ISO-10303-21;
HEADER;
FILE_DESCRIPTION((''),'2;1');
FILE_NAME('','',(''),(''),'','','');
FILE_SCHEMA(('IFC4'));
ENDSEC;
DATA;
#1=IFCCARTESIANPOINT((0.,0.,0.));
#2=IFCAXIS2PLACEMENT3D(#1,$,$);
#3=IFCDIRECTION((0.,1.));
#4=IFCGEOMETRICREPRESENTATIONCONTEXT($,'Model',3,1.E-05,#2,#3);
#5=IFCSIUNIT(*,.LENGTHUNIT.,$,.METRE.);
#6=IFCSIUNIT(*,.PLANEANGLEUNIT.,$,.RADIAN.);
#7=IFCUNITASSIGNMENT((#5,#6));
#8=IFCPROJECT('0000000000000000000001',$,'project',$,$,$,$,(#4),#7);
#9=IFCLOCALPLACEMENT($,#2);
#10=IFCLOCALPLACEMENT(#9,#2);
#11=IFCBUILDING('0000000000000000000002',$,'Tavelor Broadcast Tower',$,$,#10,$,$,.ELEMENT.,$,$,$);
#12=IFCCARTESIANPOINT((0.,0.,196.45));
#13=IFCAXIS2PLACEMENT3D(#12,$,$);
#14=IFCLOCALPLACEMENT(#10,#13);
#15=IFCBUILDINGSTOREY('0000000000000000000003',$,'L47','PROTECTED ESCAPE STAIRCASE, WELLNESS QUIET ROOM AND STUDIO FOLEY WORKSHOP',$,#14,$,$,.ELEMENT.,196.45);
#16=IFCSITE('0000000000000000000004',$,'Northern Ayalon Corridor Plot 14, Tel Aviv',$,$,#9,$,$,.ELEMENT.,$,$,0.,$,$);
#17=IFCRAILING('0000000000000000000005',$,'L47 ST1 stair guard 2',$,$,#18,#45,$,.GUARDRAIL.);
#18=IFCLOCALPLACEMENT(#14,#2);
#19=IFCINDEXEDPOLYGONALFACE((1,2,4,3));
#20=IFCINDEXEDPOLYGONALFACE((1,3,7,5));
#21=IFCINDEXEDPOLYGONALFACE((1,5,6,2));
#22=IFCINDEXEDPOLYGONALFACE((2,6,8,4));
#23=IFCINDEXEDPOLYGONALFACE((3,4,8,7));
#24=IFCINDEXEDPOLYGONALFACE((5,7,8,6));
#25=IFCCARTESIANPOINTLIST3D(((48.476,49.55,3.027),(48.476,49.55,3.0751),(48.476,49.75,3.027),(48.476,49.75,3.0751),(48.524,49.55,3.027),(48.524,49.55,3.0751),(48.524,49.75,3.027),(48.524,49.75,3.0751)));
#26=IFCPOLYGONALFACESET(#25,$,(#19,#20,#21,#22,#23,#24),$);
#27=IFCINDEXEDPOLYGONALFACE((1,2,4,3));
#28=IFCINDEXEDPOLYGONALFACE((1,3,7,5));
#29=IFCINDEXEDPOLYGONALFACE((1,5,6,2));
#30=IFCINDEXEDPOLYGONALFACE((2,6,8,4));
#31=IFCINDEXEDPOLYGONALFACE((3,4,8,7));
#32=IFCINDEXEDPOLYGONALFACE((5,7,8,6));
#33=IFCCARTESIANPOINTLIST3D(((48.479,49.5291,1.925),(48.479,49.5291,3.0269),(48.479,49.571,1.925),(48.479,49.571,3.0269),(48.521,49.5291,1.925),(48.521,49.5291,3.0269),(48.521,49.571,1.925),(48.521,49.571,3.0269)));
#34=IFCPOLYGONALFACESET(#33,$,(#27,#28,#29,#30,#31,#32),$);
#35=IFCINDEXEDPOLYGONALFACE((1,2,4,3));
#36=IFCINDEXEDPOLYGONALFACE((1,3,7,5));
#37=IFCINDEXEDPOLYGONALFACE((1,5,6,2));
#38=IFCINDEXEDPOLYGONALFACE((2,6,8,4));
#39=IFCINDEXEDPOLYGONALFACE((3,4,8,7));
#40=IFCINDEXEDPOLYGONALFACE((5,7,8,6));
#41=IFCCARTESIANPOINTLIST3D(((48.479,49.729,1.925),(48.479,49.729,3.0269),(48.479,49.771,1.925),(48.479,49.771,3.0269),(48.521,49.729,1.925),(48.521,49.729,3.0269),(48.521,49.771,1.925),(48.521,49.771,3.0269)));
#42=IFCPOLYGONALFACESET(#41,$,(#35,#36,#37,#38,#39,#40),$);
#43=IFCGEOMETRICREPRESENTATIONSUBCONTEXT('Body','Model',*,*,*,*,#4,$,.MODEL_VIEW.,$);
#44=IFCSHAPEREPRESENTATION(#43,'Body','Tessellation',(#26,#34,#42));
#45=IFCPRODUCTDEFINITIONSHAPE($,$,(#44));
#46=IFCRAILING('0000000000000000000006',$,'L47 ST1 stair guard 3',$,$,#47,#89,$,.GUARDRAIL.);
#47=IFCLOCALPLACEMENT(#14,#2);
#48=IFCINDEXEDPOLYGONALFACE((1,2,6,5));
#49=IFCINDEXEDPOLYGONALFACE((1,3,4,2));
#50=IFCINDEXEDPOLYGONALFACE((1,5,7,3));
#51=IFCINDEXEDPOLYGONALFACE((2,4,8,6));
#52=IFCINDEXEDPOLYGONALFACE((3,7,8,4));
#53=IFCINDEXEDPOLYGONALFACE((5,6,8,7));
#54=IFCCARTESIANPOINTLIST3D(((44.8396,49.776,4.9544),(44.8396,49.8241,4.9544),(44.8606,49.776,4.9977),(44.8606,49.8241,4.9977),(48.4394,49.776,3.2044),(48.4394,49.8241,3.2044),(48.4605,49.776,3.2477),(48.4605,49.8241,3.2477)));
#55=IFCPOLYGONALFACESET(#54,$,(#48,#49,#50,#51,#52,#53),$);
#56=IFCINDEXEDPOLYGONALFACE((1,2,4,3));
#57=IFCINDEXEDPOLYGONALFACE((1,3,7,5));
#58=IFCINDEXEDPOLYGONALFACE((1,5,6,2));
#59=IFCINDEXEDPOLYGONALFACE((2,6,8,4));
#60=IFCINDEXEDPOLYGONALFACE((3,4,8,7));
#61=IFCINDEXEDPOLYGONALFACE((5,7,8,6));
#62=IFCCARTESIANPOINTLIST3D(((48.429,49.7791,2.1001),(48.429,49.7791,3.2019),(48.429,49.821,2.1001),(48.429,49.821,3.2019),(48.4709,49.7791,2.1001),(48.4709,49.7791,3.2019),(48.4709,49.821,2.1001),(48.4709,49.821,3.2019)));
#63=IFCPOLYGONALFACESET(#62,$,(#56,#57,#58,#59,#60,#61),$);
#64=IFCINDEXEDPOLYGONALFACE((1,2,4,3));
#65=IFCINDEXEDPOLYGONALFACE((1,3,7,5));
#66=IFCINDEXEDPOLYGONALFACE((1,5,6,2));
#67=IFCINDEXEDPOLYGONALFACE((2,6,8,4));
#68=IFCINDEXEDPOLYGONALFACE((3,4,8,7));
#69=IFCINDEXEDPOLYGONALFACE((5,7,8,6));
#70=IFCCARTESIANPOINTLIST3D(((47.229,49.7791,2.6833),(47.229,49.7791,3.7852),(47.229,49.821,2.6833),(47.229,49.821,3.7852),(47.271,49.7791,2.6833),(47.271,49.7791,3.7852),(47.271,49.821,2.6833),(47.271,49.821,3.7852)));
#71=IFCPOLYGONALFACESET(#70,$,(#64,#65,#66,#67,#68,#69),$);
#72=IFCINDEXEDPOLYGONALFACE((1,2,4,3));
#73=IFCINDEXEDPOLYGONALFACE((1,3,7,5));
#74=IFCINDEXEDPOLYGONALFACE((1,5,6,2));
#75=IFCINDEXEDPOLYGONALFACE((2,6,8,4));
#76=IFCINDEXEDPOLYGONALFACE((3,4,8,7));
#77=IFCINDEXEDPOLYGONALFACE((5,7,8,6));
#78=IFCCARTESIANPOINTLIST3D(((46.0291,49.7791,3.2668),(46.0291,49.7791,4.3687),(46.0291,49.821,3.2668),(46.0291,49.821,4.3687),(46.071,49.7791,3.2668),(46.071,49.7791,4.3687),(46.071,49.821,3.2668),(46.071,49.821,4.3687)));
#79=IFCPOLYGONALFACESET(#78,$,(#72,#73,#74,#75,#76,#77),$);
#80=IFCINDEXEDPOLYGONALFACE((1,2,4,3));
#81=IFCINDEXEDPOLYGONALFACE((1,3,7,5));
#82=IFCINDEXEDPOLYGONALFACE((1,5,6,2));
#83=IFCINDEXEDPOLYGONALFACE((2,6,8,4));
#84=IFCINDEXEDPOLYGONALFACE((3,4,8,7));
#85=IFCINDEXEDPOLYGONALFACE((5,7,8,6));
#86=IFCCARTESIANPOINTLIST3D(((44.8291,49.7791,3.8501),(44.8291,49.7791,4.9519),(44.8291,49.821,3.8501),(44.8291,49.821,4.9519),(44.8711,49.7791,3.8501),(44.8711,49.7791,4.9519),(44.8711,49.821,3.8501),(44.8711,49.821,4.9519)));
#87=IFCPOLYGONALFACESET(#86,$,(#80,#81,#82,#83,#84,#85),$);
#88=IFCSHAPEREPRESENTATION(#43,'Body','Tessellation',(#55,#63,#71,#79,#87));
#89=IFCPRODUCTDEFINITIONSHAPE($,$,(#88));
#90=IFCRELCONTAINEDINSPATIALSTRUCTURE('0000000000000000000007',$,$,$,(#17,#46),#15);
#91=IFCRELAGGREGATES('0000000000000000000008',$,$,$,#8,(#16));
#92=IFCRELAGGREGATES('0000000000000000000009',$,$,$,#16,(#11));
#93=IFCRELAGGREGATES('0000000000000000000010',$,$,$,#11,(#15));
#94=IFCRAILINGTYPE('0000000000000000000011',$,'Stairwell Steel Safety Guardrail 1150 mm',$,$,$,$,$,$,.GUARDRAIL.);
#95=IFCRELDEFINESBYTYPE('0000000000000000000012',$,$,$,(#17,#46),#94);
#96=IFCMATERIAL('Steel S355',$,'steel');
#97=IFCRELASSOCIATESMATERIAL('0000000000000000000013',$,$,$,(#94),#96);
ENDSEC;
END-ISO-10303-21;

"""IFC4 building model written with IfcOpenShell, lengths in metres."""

from ifc_helpers import new_model, si_unit, direction, frame, origin, origin_2d, place, context, subcontext, project, spatial, rectangle, extrude, material, type_object, element, save


model = new_model("IFC4")

# Units and contexts
model_context = context("Model", 3, precision=1e-05, world=origin(), true_north=direction((0.0, 1.0)))
body_context = subcontext(model_context, "Body", "Model", "MODEL_VIEW")
ifc_project = project(units=[si_unit("LENGTHUNIT", "METRE"), si_unit("PLANEANGLEUNIT", "RADIAN")], contexts=[model_context])

# Site, building, storey
site_placement = place(None, origin())
site = spatial("IfcSite", under=ifc_project, at=site_placement, Name="Northern Ayalon Corridor Plot 14, Tel Aviv", CompositionType="ELEMENT", RefElevation=0.0)
building_placement = place(site_placement, origin())
building = spatial("IfcBuilding", under=site, at=building_placement, Name="Tavelor Broadcast Tower", CompositionType="ELEMENT")
storey_placement = place(building_placement, frame((0.0, 0.0, 196.45)))
storey = spatial("IfcBuildingStorey", under=building, at=storey_placement, Name="L47", Description="PROTECTED ESCAPE STAIRCASE, WELLNESS QUIET ROOM AND STUDIO FOLEY WORKSHOP", CompositionType="ELEMENT", Elevation=196.45)

# Shared definitions
ifc_material_1 = material(Name="Steel S355", Category="steel")

# Railings
railing_type_1 = type_object("IfcRailingType", Name="Stairwell Steel Safety Guardrail 1150 mm", PredefinedType="GUARDRAIL", material=ifc_material_1)
railing_1_placement = place(storey_placement, frame((48.5, 49.55, 1.925)))
element("IfcRailing", 1, at=railing_1_placement, inside=storey, type_object=railing_type_1, Name="L47 ST1 stair guard 2", PredefinedType="GUARDRAIL", context=body_context, shape_type="SweptSolid", body=[
    extrude(rectangle(XDim=0.0481, YDim=0.0481, at=origin_2d()), frame((0.0, 0.0, 1.126), z_axis=(0.0, 1.0, 0.0), x_axis=(-1.0, 0.0, 0.0)), (0.0, 0.0, 1.0), 0.2),
    extrude(rectangle(XDim=0.042, YDim=0.042, at=origin_2d()), origin(), (0.0, 0.0, 1.0), 1.1018),
    extrude(rectangle(XDim=0.042, YDim=0.042, at=origin_2d()), frame((0.0, 0.2, 0.0)), (0.0, 0.0, 1.0), 1.1018),
])
railing_2_placement = place(storey_placement, frame((48.45, 49.8, 2.1001)))
element("IfcRailing", 2, at=railing_2_placement, inside=storey, type_object=railing_type_1, Name="L47 ST1 stair guard 3", PredefinedType="GUARDRAIL", context=body_context, shape_type="SweptSolid", body=[
    extrude(rectangle(XDim=0.0481, YDim=0.0481, at=origin_2d()), frame((0.0, 0.0, 1.126), z_axis=(-0.899361, 0.0, 0.437207), x_axis=(0.0, -1.0, 0.0)), (0.0, 0.0, 1.0), 4.0027),
    extrude(rectangle(XDim=0.042, YDim=0.042, at=origin_2d()), origin(), (0.0, 0.0, 1.0), 1.1018),
    extrude(rectangle(XDim=0.042, YDim=0.042, at=origin_2d()), frame((-1.2, 0.0, 0.5833)), (0.0, 0.0, 1.0), 1.1018),
    extrude(rectangle(XDim=0.042, YDim=0.042, at=origin_2d()), frame((-2.3999, 0.0, 1.1667)), (0.0, 0.0, 1.0), 1.1018),
    extrude(rectangle(XDim=0.042, YDim=0.042, at=origin_2d()), frame((-3.5999, 0.0, 1.75)), (0.0, 0.0, 1.0), 1.1018),
])

save(model, "model.ifc")
